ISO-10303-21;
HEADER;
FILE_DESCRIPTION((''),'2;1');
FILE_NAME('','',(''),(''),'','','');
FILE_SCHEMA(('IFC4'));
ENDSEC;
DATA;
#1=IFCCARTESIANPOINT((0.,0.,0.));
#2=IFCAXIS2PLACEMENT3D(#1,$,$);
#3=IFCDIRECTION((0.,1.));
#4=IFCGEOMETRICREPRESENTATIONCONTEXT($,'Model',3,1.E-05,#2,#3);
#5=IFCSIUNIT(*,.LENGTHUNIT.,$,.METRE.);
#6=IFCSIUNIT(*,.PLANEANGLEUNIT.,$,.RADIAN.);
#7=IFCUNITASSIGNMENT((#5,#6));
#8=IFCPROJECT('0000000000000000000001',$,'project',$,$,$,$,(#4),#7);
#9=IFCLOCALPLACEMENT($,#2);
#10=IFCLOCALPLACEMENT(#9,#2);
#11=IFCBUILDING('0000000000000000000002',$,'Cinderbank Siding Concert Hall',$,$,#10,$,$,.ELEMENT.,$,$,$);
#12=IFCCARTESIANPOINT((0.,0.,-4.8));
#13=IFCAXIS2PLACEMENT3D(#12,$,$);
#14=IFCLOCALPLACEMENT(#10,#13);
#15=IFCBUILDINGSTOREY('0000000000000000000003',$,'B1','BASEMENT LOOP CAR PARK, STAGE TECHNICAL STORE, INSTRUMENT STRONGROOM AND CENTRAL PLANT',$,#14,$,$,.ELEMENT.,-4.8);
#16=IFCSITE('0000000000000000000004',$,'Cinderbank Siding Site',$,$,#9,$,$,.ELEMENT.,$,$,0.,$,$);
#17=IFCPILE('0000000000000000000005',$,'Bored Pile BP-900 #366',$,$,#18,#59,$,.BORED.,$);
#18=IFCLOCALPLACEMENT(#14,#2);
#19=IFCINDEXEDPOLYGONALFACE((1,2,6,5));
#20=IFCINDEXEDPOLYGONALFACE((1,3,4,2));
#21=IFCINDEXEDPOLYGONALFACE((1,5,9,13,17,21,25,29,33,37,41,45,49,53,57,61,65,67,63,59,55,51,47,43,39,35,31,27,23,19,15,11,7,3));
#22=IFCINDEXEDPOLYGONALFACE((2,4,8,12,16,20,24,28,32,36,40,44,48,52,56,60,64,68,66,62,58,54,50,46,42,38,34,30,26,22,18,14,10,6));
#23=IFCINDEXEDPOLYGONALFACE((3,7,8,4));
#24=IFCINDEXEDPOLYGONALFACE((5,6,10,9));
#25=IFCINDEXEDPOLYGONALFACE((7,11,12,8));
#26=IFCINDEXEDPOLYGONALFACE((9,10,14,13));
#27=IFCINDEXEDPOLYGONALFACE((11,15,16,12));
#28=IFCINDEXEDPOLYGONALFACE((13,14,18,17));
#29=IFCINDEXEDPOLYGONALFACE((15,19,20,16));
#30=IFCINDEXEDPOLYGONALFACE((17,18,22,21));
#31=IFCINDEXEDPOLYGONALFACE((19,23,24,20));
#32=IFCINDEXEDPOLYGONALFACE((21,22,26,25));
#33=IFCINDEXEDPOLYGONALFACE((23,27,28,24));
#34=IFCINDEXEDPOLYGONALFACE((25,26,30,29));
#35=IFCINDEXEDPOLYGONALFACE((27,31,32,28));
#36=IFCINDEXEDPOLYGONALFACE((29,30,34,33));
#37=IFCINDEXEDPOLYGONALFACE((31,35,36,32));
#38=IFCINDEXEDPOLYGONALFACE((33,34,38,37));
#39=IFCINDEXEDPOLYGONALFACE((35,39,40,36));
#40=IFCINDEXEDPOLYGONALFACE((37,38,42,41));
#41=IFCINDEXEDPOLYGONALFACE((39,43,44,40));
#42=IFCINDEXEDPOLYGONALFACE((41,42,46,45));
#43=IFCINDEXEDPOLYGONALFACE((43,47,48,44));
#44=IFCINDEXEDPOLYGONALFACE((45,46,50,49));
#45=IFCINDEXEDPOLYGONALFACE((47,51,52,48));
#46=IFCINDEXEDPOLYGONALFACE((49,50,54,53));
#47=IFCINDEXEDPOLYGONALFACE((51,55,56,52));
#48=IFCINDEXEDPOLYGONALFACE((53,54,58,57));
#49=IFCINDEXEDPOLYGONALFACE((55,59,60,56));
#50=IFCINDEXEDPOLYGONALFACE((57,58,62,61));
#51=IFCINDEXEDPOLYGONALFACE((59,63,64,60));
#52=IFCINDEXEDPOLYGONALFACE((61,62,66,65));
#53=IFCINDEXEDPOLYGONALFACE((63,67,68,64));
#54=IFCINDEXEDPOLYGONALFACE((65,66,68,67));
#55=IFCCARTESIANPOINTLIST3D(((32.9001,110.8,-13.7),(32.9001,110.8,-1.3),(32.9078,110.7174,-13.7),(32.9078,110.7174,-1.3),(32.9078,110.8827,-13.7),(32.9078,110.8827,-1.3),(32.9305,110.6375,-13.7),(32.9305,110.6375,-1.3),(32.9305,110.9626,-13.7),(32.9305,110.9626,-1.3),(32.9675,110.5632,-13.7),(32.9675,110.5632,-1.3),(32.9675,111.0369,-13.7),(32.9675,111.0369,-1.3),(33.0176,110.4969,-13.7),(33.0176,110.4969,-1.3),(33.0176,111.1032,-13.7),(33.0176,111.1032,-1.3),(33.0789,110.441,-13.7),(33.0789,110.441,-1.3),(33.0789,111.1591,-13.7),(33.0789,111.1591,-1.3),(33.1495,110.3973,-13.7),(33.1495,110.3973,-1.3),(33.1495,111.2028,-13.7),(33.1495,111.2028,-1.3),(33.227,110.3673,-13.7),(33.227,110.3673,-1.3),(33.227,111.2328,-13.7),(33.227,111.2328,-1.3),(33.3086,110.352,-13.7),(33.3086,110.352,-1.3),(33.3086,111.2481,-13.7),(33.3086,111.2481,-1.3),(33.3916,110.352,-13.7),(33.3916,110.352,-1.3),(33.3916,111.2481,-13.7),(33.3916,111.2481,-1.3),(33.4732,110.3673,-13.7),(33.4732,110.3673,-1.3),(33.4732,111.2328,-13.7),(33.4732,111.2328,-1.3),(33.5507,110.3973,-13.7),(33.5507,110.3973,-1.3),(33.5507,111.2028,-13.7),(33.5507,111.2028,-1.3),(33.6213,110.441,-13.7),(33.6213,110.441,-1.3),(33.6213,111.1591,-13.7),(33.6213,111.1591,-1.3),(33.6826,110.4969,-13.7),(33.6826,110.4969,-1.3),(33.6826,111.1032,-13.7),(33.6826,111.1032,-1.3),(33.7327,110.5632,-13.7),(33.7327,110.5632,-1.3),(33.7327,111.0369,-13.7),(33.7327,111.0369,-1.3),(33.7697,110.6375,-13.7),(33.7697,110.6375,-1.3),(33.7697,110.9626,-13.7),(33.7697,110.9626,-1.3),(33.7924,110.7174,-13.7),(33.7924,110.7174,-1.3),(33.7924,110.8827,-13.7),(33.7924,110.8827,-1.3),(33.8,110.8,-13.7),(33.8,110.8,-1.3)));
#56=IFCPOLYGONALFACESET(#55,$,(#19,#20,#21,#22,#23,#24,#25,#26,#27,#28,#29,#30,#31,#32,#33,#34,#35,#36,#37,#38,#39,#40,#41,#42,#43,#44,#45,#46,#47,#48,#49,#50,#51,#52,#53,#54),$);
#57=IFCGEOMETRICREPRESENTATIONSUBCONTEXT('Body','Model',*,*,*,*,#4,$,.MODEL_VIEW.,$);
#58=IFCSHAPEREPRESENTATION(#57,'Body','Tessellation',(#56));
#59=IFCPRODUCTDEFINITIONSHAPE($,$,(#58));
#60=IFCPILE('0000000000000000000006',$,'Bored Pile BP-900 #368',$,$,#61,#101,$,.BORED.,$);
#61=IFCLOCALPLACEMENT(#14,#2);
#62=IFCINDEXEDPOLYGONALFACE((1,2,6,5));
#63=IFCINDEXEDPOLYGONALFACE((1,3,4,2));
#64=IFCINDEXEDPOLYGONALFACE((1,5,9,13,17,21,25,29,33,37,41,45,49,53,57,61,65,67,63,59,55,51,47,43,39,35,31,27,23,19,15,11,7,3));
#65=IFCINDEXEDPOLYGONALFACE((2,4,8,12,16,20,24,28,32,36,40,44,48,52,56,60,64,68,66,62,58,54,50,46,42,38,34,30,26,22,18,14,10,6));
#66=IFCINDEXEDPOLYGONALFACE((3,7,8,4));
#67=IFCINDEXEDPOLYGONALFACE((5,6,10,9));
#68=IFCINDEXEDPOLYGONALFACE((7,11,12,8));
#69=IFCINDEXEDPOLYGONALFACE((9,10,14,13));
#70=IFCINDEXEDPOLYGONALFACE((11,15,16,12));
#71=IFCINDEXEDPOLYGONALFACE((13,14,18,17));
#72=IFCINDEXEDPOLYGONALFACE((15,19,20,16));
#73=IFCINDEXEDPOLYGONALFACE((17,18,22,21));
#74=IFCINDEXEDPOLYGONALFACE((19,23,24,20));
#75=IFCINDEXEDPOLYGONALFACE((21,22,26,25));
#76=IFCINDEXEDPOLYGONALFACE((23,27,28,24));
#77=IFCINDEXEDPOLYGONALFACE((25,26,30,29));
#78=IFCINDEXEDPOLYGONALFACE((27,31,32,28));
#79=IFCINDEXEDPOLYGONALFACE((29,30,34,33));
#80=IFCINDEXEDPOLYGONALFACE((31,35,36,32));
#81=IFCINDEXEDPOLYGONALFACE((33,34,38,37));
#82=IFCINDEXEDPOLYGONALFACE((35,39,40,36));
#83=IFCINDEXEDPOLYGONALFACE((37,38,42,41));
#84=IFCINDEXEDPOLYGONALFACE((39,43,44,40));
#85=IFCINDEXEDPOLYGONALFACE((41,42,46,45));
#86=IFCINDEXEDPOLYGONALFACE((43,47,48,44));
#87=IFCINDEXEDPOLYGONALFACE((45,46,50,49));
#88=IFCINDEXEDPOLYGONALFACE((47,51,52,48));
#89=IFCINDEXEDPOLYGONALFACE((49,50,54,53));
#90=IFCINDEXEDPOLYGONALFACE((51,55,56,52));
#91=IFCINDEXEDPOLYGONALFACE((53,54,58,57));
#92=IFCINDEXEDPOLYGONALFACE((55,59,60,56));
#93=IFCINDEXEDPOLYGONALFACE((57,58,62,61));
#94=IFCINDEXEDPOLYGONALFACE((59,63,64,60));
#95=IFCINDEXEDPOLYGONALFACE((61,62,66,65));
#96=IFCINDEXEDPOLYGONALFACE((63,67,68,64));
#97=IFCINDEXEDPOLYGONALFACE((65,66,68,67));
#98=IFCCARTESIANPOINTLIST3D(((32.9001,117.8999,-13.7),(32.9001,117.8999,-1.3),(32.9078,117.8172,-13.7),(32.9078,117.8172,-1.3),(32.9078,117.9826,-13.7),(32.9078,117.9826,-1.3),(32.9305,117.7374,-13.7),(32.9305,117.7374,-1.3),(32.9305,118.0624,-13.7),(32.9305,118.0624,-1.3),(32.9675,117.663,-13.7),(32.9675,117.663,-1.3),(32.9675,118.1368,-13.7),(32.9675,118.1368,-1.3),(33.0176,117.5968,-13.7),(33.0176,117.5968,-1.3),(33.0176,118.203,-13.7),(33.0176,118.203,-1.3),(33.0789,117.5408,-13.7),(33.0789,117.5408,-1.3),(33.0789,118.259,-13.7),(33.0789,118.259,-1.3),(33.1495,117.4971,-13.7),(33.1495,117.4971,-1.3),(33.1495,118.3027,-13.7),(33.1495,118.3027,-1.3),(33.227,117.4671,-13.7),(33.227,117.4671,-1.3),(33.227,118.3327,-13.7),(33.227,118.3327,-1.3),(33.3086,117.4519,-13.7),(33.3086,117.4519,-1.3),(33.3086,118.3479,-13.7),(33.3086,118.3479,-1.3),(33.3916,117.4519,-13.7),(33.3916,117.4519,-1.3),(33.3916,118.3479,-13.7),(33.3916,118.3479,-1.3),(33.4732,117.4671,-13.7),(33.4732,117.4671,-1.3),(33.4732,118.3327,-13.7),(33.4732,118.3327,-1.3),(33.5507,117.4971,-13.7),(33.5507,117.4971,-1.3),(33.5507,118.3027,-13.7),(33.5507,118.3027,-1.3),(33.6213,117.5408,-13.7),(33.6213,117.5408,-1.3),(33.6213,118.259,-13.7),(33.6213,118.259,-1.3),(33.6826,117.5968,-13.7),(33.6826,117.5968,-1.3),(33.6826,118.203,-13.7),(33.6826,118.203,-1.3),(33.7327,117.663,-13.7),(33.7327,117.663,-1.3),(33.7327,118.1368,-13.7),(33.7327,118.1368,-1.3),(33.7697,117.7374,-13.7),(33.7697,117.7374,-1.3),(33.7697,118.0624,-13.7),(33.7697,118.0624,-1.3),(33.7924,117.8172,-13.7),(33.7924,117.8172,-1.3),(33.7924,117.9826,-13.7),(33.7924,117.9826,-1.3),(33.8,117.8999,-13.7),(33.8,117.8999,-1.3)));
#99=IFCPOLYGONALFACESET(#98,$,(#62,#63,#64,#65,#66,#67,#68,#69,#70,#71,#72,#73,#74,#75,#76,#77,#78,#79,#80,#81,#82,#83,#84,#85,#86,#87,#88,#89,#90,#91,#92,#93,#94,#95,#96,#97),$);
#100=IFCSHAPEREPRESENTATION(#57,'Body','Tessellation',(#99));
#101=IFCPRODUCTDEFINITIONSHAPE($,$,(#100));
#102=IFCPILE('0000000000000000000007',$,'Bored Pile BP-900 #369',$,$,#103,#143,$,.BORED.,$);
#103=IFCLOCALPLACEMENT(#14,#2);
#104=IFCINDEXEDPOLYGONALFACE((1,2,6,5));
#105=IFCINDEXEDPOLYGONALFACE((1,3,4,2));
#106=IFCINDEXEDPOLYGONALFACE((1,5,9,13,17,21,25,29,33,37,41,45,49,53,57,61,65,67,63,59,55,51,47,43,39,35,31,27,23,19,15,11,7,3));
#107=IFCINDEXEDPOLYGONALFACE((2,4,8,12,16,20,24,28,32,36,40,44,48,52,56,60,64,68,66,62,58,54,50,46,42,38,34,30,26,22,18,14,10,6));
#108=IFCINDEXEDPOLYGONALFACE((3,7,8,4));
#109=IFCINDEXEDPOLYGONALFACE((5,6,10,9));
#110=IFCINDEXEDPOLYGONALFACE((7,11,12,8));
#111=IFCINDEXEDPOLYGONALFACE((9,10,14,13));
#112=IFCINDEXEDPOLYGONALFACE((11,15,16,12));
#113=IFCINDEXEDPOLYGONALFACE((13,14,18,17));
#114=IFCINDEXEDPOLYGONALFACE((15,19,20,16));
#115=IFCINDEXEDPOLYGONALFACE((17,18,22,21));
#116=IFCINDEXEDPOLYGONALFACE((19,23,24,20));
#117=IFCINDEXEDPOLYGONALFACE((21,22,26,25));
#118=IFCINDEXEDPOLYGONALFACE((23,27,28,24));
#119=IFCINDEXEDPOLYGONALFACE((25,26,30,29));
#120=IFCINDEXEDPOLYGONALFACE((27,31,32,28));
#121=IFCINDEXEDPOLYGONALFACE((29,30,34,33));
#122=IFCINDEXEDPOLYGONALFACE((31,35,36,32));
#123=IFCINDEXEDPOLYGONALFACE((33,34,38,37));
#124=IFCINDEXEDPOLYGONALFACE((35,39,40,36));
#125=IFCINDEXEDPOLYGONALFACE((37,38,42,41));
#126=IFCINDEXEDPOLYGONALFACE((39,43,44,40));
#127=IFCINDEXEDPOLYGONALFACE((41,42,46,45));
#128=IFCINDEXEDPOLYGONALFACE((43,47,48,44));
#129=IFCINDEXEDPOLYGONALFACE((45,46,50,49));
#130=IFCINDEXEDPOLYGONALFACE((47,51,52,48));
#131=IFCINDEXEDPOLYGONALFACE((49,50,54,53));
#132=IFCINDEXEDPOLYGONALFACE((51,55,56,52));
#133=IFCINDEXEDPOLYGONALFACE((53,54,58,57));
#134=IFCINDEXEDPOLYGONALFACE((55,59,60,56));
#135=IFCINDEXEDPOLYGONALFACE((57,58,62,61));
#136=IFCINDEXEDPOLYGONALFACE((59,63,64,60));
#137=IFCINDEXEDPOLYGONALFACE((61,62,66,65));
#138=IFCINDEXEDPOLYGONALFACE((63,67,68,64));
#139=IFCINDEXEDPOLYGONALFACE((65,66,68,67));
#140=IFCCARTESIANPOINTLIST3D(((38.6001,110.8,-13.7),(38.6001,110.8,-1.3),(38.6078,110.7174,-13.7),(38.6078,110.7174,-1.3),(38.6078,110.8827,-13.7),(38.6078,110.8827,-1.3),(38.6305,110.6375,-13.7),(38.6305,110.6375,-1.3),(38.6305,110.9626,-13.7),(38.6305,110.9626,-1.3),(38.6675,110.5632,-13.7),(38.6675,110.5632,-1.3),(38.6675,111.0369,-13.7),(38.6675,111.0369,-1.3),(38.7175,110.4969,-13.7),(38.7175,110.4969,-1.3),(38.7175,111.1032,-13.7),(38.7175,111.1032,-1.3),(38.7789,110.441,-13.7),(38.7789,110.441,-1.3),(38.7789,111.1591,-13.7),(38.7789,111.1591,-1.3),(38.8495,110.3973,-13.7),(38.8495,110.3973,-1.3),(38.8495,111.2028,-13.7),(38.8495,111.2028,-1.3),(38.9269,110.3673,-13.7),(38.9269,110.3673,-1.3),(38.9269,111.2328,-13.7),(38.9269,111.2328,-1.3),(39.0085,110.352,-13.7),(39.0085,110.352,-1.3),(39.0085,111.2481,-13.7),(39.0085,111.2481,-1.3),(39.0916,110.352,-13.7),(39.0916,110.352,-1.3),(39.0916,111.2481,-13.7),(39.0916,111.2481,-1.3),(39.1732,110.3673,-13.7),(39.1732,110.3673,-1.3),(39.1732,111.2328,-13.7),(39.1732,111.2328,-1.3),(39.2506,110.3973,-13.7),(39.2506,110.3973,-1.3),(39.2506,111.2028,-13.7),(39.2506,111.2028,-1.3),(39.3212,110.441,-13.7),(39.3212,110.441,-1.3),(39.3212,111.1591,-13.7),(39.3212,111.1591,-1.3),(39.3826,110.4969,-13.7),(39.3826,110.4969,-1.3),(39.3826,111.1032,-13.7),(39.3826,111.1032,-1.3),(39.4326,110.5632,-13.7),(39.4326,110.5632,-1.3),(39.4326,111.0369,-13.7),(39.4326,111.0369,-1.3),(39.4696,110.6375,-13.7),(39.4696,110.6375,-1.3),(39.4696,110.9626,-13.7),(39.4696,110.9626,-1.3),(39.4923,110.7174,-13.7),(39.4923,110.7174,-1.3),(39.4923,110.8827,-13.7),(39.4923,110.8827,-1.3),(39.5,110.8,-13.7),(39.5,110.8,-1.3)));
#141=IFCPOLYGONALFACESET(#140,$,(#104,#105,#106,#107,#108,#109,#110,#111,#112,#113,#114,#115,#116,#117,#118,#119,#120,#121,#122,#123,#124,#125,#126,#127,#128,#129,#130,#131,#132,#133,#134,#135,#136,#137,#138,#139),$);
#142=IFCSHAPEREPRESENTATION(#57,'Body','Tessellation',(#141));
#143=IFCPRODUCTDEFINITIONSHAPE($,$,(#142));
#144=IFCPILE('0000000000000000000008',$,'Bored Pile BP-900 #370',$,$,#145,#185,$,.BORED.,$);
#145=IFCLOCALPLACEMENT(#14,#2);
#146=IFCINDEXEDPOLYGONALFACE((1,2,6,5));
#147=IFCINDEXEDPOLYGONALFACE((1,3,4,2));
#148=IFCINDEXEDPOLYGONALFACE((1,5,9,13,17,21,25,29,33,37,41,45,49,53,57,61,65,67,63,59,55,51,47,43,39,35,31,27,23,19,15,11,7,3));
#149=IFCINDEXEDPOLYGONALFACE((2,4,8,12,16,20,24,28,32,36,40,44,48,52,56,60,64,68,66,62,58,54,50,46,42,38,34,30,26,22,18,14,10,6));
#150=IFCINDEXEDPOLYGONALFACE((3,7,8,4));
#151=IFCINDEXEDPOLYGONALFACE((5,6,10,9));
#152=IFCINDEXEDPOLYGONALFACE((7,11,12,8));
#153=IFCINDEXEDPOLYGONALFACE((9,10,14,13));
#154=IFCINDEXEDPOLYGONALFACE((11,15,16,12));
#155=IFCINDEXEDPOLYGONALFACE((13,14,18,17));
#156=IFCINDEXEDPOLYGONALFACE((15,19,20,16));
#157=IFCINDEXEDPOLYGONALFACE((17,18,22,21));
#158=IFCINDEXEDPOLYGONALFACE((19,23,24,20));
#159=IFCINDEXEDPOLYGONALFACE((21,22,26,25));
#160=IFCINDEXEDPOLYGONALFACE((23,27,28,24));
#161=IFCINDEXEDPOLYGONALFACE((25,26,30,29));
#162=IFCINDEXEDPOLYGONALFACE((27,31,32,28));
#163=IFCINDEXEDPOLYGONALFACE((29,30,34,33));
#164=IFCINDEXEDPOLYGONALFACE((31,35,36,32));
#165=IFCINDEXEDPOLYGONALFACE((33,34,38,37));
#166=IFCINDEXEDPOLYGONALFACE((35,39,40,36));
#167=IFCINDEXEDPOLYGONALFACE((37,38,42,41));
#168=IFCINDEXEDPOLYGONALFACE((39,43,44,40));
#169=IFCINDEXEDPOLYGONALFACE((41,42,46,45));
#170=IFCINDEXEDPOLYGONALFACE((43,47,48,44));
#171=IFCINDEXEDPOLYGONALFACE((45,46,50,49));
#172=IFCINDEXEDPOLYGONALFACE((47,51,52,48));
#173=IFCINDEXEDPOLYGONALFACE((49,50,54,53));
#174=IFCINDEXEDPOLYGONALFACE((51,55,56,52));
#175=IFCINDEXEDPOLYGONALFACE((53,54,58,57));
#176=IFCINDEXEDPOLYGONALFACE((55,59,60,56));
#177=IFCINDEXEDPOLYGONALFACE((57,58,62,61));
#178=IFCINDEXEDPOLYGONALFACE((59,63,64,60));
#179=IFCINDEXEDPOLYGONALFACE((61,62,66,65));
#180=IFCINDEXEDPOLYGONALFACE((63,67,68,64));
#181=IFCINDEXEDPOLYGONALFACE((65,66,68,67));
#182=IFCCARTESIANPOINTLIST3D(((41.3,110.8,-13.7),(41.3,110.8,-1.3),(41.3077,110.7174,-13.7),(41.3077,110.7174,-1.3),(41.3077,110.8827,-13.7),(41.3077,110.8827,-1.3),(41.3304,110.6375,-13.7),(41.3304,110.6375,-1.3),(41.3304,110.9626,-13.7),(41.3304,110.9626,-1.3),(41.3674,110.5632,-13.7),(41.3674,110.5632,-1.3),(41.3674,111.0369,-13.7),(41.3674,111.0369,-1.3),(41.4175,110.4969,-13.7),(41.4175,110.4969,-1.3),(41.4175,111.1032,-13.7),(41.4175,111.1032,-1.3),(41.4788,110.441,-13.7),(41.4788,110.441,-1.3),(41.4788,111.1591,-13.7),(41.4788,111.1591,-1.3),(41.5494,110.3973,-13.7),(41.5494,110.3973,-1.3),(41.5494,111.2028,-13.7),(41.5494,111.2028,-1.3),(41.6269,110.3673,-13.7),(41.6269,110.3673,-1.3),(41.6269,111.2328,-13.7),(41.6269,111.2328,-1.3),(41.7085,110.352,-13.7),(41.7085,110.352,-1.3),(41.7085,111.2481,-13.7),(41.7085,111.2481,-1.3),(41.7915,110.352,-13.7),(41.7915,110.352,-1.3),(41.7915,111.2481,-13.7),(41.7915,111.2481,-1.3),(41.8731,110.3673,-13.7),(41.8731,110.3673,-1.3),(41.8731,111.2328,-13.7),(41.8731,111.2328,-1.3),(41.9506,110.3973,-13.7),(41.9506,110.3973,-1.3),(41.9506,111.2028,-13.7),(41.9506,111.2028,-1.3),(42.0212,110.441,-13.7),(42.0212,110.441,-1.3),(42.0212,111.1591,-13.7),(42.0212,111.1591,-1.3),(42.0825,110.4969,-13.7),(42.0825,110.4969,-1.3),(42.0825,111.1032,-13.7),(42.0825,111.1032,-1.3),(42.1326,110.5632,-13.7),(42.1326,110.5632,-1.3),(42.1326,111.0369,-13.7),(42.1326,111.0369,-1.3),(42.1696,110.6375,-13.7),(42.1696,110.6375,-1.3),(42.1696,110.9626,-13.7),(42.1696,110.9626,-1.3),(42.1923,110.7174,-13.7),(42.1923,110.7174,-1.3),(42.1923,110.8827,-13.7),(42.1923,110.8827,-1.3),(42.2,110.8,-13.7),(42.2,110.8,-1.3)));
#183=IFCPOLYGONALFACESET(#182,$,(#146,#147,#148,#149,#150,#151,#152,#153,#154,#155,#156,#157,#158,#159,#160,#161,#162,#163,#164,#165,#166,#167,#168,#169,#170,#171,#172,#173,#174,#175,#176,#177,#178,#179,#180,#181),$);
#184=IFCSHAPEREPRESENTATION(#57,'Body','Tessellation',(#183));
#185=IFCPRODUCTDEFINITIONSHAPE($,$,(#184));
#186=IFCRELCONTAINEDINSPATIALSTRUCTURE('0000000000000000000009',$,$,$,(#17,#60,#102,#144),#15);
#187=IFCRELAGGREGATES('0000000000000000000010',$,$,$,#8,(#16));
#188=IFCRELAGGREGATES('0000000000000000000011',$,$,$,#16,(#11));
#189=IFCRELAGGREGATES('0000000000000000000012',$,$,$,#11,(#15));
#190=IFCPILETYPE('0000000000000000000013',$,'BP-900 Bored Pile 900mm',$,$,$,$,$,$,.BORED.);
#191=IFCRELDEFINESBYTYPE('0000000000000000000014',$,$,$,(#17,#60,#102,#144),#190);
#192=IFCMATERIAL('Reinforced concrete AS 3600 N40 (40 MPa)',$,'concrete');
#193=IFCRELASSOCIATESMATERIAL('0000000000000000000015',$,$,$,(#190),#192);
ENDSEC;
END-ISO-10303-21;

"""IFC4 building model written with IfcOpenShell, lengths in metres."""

from ifc_helpers import new_model, si_unit, direction, frame, origin, origin_2d, place, context, subcontext, project, spatial, circle, extrude, material, material_profile, profile_set, type_object, element, save


model = new_model("IFC4")

# Units and contexts
model_context = context("Model", 3, precision=1e-05, world=origin(), true_north=direction((0.0, 1.0)))
body_context = subcontext(model_context, "Body", "Model", "MODEL_VIEW")
ifc_project = project(units=[si_unit("LENGTHUNIT", "METRE"), si_unit("PLANEANGLEUNIT", "RADIAN")], contexts=[model_context])

# Site, building, storey
site_placement = place(None, origin())
site = spatial("IfcSite", under=ifc_project, at=site_placement, Name="Cinderbank Siding Site", CompositionType="ELEMENT", RefElevation=0.0)
building_placement = place(site_placement, origin())
building = spatial("IfcBuilding", under=site, at=building_placement, Name="Cinderbank Siding Concert Hall", CompositionType="ELEMENT")
storey_placement = place(building_placement, frame((0.0, 0.0, -4.8)))
storey = spatial("IfcBuildingStorey", under=building, at=storey_placement, Name="B1", Description="BASEMENT LOOP CAR PARK, STAGE TECHNICAL STORE, INSTRUMENT STRONGROOM AND CENTRAL PLANT", CompositionType="ELEMENT", Elevation=-4.8)

# Piles
ifc_material_1 = material(Name="Reinforced concrete AS 3600 N40 (40 MPa)", Category="concrete")
ifc_material_profile_1 = material_profile(ifc_material_1, circle(Radius=0.45, at=origin_2d()), Name="PILE-900DIA", Category="LoadBearing")
ifc_profile_set_1 = profile_set([ifc_material_profile_1], Name="Reinforced concrete AS 3600 N40 (40 MPa)")
pile_type = type_object("IfcPileType", Name="BP-900 Bored Pile 900mm", PredefinedType="BORED", material=ifc_profile_set_1)
for number, where, z_axis, x_axis, name in (
    (1, (33.3501, 110.8, -1.3), (0.0, 0.0, -1.0), (1.0, 0.0, 0.0), "Bored Pile BP-900 #366"),
    (2, (33.3501, 117.8999, -1.3), (0.0, 0.0, -1.0), (1.0, 0.0, 0.0), "Bored Pile BP-900 #368"),
    (3, (39.05, 110.8, -1.3), (0.0, 0.0, -1.0), (1.0, 0.0, 0.0), "Bored Pile BP-900 #369"),
    (4, (41.75, 110.8, -1.3), (0.0, 0.0, -1.0), (1.0, 0.0, 0.0), "Bored Pile BP-900 #370"),
):
    element("IfcPile", number, at=place(storey_placement, frame(where, z_axis=z_axis, x_axis=x_axis)), inside=storey, type_object=pile_type, Name=name, PredefinedType="BORED", context=body_context, shape_type="SweptSolid", body=[
        extrude(circle(Radius=0.45, at=origin_2d()), origin(), (0.0, 0.0, 1.0), 12.3999),
    ])

save(model, "model.ifc")
